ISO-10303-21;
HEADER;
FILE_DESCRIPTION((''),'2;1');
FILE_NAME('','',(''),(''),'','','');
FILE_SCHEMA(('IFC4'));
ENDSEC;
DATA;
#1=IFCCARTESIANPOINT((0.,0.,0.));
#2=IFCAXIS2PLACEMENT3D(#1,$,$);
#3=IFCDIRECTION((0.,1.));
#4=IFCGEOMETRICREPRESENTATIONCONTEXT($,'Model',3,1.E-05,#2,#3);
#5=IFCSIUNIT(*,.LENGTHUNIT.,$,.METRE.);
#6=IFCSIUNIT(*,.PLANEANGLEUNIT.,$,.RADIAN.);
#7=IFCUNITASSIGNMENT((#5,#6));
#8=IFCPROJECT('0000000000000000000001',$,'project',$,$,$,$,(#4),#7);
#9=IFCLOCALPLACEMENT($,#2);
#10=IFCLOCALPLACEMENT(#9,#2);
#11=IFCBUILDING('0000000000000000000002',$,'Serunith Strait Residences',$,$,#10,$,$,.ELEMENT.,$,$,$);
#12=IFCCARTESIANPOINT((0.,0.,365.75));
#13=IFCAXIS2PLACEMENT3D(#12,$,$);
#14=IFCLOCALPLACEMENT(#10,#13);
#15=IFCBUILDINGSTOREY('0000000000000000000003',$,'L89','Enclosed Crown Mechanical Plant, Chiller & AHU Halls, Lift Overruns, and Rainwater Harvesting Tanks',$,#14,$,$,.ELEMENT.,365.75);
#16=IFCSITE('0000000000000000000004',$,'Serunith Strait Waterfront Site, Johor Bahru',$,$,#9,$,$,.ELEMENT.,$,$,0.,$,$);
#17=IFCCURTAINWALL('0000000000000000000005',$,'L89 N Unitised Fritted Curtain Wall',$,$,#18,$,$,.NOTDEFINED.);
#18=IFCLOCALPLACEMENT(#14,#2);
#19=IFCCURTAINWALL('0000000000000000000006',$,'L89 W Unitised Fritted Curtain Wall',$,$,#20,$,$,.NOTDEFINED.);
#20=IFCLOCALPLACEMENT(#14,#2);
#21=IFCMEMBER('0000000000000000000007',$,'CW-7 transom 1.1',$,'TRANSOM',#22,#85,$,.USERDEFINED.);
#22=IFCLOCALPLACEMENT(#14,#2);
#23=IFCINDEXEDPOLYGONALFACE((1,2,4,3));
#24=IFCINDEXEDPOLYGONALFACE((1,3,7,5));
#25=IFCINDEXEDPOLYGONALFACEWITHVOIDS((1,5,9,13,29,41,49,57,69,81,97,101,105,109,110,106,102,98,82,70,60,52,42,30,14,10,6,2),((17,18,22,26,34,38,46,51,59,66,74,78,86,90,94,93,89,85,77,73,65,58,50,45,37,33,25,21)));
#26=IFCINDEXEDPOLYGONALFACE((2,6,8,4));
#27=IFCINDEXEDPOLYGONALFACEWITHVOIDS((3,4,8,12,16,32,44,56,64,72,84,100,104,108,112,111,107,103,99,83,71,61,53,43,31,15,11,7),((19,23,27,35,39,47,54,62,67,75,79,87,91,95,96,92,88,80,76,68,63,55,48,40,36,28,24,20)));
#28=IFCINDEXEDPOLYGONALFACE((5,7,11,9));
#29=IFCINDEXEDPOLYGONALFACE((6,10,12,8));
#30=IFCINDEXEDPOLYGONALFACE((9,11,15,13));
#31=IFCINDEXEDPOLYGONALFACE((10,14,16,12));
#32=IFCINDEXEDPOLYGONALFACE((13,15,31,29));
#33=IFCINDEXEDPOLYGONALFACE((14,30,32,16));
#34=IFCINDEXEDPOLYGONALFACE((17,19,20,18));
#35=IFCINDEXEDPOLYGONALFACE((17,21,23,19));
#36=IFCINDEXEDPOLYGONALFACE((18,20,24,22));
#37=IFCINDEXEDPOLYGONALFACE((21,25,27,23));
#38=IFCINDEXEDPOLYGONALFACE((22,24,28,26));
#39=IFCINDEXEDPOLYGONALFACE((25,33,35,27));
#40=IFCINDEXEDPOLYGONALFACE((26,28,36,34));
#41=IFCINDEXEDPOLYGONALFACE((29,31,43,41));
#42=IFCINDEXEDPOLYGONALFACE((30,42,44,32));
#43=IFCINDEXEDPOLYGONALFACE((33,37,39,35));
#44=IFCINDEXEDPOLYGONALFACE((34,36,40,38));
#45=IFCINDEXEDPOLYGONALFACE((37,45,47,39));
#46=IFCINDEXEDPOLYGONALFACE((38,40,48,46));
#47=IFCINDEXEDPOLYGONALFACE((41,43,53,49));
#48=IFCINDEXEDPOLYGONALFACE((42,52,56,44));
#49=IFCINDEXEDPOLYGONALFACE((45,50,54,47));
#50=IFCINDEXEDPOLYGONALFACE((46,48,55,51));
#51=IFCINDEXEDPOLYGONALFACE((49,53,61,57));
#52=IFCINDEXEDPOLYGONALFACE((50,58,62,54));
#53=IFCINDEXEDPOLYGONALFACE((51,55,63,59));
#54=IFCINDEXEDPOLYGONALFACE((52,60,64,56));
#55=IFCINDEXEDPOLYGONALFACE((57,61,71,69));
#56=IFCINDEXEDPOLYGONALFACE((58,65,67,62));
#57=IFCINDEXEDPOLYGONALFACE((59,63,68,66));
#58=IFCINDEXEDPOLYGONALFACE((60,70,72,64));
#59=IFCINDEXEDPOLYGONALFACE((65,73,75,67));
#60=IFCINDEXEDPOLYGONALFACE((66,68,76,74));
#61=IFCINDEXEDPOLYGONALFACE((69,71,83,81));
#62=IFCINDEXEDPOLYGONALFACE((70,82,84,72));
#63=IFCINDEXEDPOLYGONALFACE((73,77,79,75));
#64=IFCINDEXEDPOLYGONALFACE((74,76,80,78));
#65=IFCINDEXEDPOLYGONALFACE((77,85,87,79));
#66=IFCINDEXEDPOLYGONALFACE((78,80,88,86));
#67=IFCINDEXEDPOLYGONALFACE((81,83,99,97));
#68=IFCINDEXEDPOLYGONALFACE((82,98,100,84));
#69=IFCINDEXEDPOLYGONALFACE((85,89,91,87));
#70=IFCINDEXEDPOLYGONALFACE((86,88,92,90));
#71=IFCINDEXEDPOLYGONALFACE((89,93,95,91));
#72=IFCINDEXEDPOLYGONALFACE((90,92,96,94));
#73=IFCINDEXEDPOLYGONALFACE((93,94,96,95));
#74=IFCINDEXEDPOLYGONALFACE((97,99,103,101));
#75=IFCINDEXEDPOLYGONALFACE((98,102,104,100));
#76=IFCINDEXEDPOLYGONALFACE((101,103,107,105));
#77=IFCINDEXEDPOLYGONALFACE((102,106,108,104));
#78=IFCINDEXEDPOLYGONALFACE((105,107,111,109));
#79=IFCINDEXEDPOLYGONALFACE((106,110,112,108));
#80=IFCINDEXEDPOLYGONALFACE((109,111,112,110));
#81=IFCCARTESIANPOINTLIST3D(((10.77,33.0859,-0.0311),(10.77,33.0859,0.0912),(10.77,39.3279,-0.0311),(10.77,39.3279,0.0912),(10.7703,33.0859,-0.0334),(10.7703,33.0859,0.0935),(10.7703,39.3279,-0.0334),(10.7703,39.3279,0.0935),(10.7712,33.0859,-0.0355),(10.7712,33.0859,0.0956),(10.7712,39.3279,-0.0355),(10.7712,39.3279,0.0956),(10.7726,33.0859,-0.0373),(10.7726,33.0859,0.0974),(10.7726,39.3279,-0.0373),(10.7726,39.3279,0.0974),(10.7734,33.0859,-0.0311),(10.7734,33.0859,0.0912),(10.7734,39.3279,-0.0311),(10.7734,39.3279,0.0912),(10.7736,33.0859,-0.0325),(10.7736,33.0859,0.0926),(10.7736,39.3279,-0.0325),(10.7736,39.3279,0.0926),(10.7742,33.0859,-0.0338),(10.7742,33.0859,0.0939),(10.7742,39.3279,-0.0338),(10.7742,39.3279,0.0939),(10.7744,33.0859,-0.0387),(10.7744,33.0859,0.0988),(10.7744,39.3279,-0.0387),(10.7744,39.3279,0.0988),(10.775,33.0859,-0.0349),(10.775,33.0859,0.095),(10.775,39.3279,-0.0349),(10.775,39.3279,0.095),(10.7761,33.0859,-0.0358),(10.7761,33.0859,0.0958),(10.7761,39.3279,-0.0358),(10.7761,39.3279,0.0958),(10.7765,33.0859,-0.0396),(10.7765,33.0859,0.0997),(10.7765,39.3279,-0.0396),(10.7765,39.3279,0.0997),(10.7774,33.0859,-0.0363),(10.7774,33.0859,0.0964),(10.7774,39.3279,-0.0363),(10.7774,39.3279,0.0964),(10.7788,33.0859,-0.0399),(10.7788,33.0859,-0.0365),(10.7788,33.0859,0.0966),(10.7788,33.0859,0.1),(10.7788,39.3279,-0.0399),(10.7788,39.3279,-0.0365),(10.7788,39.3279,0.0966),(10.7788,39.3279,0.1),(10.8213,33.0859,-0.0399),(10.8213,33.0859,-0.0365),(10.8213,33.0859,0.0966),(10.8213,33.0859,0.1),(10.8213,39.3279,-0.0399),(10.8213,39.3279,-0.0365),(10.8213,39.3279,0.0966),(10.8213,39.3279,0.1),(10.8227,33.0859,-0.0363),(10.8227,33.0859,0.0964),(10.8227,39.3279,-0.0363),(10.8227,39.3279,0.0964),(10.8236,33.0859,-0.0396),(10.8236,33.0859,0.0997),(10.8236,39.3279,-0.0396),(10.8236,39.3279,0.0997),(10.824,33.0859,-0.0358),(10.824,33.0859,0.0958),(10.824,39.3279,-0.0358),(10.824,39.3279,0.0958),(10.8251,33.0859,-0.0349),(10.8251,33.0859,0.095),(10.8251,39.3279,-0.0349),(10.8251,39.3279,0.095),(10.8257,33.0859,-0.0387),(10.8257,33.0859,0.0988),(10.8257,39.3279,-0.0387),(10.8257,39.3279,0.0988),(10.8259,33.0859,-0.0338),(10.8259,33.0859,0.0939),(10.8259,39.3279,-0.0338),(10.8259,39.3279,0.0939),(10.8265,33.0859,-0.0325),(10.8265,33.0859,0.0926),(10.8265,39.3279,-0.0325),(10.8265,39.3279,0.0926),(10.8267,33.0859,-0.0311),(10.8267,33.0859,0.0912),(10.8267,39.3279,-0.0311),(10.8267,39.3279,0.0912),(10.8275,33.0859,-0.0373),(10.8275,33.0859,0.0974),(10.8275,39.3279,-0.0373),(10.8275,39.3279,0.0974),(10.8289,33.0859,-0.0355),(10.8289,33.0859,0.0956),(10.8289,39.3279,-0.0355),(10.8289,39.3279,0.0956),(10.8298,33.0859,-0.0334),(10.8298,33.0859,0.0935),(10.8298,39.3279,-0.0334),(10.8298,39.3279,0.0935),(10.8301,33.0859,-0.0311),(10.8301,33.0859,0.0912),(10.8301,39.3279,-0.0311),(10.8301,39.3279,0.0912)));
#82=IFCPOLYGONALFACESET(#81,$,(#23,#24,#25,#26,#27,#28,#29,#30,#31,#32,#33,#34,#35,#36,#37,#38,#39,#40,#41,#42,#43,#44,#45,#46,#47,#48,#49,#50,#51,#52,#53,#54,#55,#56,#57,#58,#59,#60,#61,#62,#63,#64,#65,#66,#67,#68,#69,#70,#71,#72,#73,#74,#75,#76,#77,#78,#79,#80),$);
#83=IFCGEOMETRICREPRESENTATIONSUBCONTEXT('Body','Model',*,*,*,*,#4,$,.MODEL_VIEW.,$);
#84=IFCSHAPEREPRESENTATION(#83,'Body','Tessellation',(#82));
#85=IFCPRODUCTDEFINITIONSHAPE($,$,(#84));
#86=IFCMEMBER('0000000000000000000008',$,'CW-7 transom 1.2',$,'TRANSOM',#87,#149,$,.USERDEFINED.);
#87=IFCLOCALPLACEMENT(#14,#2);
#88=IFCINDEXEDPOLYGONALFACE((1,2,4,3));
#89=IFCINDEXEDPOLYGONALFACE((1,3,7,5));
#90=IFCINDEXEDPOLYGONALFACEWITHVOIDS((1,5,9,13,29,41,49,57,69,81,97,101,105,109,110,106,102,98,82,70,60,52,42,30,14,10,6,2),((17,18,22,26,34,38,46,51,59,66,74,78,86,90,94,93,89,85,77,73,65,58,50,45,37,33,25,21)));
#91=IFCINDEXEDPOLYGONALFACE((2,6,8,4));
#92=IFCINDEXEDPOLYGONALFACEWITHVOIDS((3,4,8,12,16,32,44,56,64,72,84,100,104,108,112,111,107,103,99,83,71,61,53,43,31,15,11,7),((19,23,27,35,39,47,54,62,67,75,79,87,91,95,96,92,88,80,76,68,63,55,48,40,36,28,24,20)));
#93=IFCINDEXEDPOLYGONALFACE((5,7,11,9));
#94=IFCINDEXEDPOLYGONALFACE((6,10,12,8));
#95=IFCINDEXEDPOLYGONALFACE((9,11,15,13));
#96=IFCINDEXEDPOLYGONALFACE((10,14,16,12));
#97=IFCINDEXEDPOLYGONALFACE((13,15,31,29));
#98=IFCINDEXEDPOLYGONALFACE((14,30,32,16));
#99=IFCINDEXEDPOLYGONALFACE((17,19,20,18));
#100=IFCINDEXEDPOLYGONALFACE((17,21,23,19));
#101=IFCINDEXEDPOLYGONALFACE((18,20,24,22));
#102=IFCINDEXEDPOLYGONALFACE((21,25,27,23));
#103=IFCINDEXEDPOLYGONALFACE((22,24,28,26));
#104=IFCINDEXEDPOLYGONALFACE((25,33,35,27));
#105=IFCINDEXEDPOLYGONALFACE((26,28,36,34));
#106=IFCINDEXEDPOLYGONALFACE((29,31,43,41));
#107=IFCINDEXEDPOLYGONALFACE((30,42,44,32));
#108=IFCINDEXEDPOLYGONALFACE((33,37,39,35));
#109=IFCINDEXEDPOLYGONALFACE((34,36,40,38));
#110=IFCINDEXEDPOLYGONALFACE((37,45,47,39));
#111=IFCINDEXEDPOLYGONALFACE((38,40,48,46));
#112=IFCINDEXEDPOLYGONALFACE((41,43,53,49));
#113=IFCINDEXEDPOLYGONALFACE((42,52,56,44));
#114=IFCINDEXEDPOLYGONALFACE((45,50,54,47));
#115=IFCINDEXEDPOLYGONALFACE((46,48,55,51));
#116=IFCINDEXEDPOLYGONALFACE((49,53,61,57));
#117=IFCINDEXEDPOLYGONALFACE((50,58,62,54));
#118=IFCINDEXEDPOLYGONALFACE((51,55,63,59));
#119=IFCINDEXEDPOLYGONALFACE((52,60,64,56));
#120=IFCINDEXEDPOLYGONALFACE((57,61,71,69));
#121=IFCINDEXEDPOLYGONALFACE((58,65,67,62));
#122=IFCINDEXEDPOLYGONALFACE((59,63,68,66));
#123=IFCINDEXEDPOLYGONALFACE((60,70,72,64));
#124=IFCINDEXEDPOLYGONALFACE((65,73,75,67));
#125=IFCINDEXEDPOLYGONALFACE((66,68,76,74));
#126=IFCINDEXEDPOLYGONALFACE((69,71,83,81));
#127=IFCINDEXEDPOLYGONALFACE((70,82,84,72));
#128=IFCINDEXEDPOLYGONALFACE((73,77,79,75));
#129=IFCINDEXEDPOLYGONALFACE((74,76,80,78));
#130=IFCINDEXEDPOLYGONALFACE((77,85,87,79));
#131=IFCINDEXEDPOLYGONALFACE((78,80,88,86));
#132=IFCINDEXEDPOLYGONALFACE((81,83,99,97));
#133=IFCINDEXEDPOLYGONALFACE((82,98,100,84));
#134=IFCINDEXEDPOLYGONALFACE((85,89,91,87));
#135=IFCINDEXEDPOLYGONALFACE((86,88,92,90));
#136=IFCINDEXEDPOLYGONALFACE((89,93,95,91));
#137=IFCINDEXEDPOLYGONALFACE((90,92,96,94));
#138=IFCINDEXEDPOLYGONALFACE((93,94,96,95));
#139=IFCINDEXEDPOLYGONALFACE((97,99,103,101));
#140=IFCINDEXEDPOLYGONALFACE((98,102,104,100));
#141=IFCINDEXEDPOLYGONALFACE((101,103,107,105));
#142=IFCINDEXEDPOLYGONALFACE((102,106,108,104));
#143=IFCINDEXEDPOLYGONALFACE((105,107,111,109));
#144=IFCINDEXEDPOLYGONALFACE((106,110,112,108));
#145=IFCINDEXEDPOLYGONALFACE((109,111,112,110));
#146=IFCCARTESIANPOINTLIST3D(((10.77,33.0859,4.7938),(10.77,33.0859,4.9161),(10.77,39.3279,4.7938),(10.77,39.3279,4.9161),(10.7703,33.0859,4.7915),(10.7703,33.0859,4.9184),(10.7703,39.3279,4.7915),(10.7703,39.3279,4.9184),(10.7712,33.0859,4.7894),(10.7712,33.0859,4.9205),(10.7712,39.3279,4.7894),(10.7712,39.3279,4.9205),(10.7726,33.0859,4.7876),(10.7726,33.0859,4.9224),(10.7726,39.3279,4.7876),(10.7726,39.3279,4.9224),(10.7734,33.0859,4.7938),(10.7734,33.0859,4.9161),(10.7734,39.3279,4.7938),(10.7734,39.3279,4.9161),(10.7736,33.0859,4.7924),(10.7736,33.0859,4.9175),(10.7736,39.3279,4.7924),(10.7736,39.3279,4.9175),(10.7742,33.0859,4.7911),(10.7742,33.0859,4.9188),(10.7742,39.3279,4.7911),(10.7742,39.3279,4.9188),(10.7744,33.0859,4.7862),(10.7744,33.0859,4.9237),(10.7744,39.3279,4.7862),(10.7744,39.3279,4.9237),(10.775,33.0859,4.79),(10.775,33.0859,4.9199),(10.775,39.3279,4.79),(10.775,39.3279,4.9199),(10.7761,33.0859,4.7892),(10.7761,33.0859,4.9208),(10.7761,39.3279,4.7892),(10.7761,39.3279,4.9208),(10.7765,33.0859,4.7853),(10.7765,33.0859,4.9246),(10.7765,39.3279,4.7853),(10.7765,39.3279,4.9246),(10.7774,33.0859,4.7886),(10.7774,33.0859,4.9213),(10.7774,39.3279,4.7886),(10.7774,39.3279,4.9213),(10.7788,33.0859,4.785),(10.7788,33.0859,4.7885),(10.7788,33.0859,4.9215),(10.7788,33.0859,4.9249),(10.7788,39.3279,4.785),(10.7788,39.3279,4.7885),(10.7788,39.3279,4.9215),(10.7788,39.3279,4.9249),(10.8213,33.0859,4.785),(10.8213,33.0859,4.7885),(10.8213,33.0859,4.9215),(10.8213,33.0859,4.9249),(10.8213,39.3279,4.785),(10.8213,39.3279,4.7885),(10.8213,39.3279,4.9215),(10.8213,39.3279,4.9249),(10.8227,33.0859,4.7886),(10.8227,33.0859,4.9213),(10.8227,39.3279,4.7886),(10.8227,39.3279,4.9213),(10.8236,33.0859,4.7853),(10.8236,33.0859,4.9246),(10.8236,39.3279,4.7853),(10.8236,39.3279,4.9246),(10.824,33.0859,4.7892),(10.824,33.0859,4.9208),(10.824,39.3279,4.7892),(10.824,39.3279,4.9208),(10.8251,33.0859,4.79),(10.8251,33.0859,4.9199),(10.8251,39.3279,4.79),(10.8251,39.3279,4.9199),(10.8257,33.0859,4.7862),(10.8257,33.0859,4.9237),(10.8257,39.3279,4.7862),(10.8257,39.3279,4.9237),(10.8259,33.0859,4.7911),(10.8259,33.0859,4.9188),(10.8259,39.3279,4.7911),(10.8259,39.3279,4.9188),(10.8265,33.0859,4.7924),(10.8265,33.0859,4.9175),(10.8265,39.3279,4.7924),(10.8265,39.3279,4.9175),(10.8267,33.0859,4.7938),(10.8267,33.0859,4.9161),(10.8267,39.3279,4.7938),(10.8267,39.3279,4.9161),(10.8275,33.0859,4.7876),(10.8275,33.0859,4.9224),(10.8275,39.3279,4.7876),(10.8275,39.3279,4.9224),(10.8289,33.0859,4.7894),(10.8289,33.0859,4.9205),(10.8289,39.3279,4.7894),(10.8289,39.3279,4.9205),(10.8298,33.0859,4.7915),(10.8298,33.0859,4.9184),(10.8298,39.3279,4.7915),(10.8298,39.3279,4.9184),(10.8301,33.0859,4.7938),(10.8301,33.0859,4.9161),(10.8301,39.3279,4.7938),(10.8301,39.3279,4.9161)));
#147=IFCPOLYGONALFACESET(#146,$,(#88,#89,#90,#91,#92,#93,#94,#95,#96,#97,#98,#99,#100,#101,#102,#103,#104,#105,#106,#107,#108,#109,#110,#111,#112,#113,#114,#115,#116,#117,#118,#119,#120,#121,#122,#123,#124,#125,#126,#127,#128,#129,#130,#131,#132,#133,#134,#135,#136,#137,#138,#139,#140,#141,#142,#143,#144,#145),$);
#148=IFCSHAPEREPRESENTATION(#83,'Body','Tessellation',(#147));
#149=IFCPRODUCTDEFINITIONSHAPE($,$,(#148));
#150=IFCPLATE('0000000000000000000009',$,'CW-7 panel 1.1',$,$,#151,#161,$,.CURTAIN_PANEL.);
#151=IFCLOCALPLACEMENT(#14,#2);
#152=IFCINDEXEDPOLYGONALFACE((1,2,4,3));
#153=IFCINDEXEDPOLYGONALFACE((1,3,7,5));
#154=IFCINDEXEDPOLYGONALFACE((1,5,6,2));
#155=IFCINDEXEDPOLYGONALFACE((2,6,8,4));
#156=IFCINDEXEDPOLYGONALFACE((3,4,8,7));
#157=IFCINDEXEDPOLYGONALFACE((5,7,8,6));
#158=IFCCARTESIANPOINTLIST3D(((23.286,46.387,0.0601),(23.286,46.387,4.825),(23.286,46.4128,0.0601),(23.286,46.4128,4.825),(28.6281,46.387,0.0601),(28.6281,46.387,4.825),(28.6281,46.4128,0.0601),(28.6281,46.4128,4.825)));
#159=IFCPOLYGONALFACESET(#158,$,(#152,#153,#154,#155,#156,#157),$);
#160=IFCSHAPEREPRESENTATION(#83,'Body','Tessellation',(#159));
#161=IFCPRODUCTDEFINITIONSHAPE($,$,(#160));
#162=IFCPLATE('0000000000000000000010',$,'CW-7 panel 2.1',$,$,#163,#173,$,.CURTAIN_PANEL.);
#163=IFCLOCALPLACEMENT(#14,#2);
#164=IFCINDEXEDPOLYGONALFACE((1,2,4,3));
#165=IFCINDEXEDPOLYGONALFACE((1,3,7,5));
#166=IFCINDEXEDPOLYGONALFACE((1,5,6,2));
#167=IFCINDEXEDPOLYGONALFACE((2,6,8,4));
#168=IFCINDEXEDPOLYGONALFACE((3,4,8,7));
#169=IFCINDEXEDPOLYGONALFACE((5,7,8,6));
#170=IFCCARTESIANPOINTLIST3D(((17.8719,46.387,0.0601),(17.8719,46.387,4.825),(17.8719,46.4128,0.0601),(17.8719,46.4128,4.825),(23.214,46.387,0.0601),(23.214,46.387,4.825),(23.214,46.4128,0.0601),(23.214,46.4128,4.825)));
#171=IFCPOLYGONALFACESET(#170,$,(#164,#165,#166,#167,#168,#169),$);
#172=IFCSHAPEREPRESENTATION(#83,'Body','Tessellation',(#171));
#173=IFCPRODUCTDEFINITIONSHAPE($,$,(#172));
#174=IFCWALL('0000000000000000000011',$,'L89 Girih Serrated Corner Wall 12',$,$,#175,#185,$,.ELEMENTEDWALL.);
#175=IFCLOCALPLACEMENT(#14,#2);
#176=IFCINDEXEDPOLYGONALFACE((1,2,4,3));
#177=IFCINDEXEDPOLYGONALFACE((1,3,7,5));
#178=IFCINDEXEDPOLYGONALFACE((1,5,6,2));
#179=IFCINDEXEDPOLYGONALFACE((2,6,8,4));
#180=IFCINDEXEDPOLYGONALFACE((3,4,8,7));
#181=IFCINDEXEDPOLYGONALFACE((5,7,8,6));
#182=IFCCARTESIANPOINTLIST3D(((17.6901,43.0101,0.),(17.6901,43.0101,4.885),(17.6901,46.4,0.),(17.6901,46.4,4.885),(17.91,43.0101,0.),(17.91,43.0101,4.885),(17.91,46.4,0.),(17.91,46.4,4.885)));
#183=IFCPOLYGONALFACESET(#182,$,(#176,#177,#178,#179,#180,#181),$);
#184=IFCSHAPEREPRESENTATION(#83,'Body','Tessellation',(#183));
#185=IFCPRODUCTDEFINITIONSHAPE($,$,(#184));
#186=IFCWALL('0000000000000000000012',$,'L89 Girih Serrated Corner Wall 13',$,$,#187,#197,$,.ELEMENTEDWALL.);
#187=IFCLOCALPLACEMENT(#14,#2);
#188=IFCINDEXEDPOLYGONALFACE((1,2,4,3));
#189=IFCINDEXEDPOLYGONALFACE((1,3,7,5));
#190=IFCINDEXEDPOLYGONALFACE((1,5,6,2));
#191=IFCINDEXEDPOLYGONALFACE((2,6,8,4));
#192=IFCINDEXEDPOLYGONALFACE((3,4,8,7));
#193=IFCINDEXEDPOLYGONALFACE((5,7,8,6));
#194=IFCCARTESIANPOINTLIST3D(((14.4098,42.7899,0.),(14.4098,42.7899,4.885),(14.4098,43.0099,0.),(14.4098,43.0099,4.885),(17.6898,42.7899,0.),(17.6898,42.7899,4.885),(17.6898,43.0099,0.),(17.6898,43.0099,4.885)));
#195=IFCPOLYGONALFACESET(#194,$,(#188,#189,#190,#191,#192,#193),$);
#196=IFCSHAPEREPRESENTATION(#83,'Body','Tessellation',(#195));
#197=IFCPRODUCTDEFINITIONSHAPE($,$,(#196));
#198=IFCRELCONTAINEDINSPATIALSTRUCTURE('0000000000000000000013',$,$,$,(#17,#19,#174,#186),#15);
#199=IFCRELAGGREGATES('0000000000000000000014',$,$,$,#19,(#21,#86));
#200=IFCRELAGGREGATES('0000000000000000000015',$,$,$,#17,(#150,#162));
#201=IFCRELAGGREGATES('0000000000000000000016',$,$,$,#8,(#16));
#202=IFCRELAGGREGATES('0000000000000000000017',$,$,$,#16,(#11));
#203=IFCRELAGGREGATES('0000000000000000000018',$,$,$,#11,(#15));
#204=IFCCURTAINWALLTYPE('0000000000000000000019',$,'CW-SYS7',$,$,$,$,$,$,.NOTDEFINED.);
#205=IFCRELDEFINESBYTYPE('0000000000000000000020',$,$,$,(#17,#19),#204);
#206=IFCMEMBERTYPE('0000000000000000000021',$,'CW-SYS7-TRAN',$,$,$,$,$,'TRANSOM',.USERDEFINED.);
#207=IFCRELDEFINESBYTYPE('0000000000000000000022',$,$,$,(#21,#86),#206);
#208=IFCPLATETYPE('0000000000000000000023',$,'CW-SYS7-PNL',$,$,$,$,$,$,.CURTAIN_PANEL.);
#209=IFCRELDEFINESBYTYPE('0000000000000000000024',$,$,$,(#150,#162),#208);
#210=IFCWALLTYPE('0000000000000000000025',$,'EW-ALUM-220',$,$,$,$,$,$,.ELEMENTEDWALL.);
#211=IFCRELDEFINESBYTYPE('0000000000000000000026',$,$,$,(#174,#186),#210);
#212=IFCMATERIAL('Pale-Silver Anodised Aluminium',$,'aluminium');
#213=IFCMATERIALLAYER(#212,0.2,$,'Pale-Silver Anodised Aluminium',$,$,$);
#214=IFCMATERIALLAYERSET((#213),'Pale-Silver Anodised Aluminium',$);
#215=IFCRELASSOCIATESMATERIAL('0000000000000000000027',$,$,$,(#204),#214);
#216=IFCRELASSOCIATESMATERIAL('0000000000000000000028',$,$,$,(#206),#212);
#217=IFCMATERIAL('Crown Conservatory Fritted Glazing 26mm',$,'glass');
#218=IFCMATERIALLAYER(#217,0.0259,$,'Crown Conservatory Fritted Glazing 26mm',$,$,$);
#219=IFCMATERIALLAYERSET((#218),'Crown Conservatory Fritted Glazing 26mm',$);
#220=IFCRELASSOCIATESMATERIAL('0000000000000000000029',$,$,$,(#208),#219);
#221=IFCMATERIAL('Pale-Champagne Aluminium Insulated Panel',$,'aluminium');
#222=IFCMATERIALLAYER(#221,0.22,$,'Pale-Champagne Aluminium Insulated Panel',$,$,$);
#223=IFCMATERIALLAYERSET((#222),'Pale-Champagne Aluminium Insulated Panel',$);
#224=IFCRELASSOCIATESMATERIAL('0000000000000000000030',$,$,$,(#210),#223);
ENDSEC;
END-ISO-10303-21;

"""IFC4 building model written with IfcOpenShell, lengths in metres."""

from ifc_helpers import new_model, si_unit, direction, frame, frame_2d, origin, origin_2d, place, context, subcontext, project, spatial, rectangle, hollow_rectangle, extrude, source, transform, mapped, material, layer, layer_set, material_profile, profile_set, type_object, element, aggregate, save


model = new_model("IFC4")

# Units and contexts
model_context = context("Model", 3, precision=1e-05, world=origin(), true_north=direction((0.0, 1.0)))
body_context = subcontext(model_context, "Body", "Model", "MODEL_VIEW")
ifc_project = project(units=[si_unit("LENGTHUNIT", "METRE"), si_unit("PLANEANGLEUNIT", "RADIAN")], contexts=[model_context])

# Site, building, storey
site_placement = place(None, origin())
site = spatial("IfcSite", under=ifc_project, at=site_placement, Name="Serunith Strait Waterfront Site, Johor Bahru", CompositionType="ELEMENT", RefElevation=0.0)
building_placement = place(site_placement, origin())
building = spatial("IfcBuilding", under=site, at=building_placement, Name="Serunith Strait Residences", CompositionType="ELEMENT")
storey_placement = place(building_placement, frame((0.0, 0.0, 365.75)))
storey = spatial("IfcBuildingStorey", under=building, at=storey_placement, Name="L89", Description="Enclosed Crown Mechanical Plant, Chiller & AHU Halls, Lift Overruns, and Rainwater Harvesting Tanks", CompositionType="ELEMENT", Elevation=365.75)

# Curtain wall
ifc_material_1 = material(Name="Pale-Silver Anodised Aluminium", Category="aluminium")
ifc_layer_1 = layer(ifc_material_1, 0.2, Name="Pale-Silver Anodised Aluminium")
ifc_layer_set_1 = layer_set([ifc_layer_1], Name="Pale-Silver Anodised Aluminium")
curtain_wall_type = type_object("IfcCurtainWallType", Name="CW-SYS7", PredefinedType="NOTDEFINED", material=ifc_layer_set_1)
curtain_wall_1_placement = place(storey_placement, origin())
curtain_wall_1 = element("IfcCurtainWall", 1, at=curtain_wall_1_placement, inside=storey, type_object=curtain_wall_type, Name="L89 N Unitised Fritted Curtain Wall", PredefinedType="NOTDEFINED")

# Curtain wall
curtain_wall_2_placement = place(storey_placement, origin())
curtain_wall_2 = element("IfcCurtainWall", 2, at=curtain_wall_2_placement, inside=storey, type_object=curtain_wall_type, Name="L89 W Unitised Fritted Curtain Wall", PredefinedType="NOTDEFINED")

# Members
ifc_material_profile_1 = material_profile(ifc_material_1, hollow_rectangle(XDim=0.0601, YDim=0.1399, WallThickness=0.0034, InnerFilletRadius=0.0054, OuterFilletRadius=0.0088, at=origin_2d()), Name="ALU 140x60x3.5")
ifc_profile_set_1 = profile_set([ifc_material_profile_1], Name="Pale-Silver Anodised Aluminium")
member_type_1 = type_object("IfcMemberType", Name="CW-SYS7-TRAN", ElementType="TRANSOM", PredefinedType="USERDEFINED", material=ifc_profile_set_1)
shared_shape_1 = source(origin(), body_context, "Body", "SweptSolid", [
    extrude(hollow_rectangle(XDim=0.0601, YDim=0.1399, WallThickness=0.0034, InnerFilletRadius=0.0054, OuterFilletRadius=0.0088, at=origin_2d()), origin(), (0.0, 0.0, 1.0), 6.2419),
])
member_1_placement = place(storey_placement, frame((10.8, 39.3279, 0.03), z_axis=(0.0, -1.0, 0.0), x_axis=(1.0, 0.0, 0.0)))
member_1 = element("IfcMember", 3, at=member_1_placement, type_object=member_type_1, Name="CW-7 transom 1.1", ObjectType="TRANSOM", PredefinedType="USERDEFINED", context=body_context, shape_type="MappedRepresentation", body=[
    mapped(shared_shape_1, transform((0.0, 0.0, 0.0), scale=1.0)),
])
member_2_placement = place(storey_placement, frame((10.8, 39.3279, 4.855), z_axis=(0.0, -1.0, 0.0), x_axis=(1.0, 0.0, 0.0)))
member_2 = element("IfcMember", 4, at=member_2_placement, type_object=member_type_1, Name="CW-7 transom 1.2", ObjectType="TRANSOM", PredefinedType="USERDEFINED", context=body_context, shape_type="MappedRepresentation", body=[
    mapped(shared_shape_1, transform((0.0, 0.0, 0.0), scale=1.0)),
])
aggregate(curtain_wall_2, [member_1, member_2])

# Plates
ifc_material_2 = material(Name="Crown Conservatory Fritted Glazing 26mm", Category="glass")
ifc_layer_2 = layer(ifc_material_2, 0.0259, Name="Crown Conservatory Fritted Glazing 26mm")
ifc_layer_set_2 = layer_set([ifc_layer_2], Name="Crown Conservatory Fritted Glazing 26mm")
plate_type = type_object("IfcPlateType", Name="CW-SYS7-PNL", PredefinedType="CURTAIN_PANEL", material=ifc_layer_set_2)
shared_shape_2 = source(origin(), body_context, "Body", "SweptSolid", [
    extrude(rectangle(XDim=5.342, YDim=0.0259, at=origin_2d()), origin(), (0.0, 0.0, 1.0), 4.7649),
])
plate_1_placement = place(storey_placement, frame((25.957, 46.3999, 0.0601), z_axis=(0.0, 0.0, 1.0), x_axis=(-1.0, 0.0, 0.0)))
plate_1 = element("IfcPlate", 5, at=plate_1_placement, type_object=plate_type, Name="CW-7 panel 1.1", PredefinedType="CURTAIN_PANEL", context=body_context, shape_type="MappedRepresentation", body=[
    mapped(shared_shape_2, transform((0.0, 0.0, 0.0), scale=1.0)),
])
plate_2_placement = place(storey_placement, frame((20.543, 46.3999, 0.0601), z_axis=(0.0, 0.0, 1.0), x_axis=(-1.0, 0.0, 0.0)))
plate_2 = element("IfcPlate", 6, at=plate_2_placement, type_object=plate_type, Name="CW-7 panel 2.1", PredefinedType="CURTAIN_PANEL", context=body_context, shape_type="MappedRepresentation", body=[
    mapped(shared_shape_2, transform((0.0, 0.0, 0.0), scale=1.0)),
])
aggregate(curtain_wall_1, [plate_1, plate_2])

# Walls
ifc_material_3 = material(Name="Pale-Champagne Aluminium Insulated Panel", Category="aluminium")
ifc_layer_3 = layer(ifc_material_3, 0.22, Name="Pale-Champagne Aluminium Insulated Panel")
ifc_layer_set_3 = layer_set([ifc_layer_3], Name="Pale-Champagne Aluminium Insulated Panel")
wall_type = type_object("IfcWallType", Name="EW-ALUM-220", PredefinedType="ELEMENTEDWALL", material=ifc_layer_set_3)
wall_1_placement = place(storey_placement, frame((17.8, 46.3999, 0.0), z_axis=(0.0, 0.0, 1.0), x_axis=(0.0, -1.0, 0.0)))
element("IfcWall", 7, at=wall_1_placement, inside=storey, type_object=wall_type, Name="L89 Girih Serrated Corner Wall 12", PredefinedType="ELEMENTEDWALL", context=body_context, shape_type="SweptSolid", body=[
    extrude(rectangle(XDim=3.3899, YDim=0.22, at=frame_2d((1.6948, 0.0))), origin(), (0.0, 0.0, 1.0), 4.885),
])
for number, where, z_axis, x_axis, name in (
    (8, (17.6899, 42.8999, 0.0), (0.0, 0.0, 1.0), (-1.0, 0.0, 0.0), "L89 Girih Serrated Corner Wall 13"),
):
    element("IfcWall", number, at=place(storey_placement, frame(where, z_axis=z_axis, x_axis=x_axis)), inside=storey, type_object=wall_type, Name=name, PredefinedType="ELEMENTEDWALL", context=body_context, shape_type="SweptSolid", body=[
        extrude(rectangle(XDim=3.28, YDim=0.22, at=frame_2d((1.6401, 0.0))), origin(), (0.0, 0.0, 1.0), 4.885),
    ])

save(model, "model.ifc")
